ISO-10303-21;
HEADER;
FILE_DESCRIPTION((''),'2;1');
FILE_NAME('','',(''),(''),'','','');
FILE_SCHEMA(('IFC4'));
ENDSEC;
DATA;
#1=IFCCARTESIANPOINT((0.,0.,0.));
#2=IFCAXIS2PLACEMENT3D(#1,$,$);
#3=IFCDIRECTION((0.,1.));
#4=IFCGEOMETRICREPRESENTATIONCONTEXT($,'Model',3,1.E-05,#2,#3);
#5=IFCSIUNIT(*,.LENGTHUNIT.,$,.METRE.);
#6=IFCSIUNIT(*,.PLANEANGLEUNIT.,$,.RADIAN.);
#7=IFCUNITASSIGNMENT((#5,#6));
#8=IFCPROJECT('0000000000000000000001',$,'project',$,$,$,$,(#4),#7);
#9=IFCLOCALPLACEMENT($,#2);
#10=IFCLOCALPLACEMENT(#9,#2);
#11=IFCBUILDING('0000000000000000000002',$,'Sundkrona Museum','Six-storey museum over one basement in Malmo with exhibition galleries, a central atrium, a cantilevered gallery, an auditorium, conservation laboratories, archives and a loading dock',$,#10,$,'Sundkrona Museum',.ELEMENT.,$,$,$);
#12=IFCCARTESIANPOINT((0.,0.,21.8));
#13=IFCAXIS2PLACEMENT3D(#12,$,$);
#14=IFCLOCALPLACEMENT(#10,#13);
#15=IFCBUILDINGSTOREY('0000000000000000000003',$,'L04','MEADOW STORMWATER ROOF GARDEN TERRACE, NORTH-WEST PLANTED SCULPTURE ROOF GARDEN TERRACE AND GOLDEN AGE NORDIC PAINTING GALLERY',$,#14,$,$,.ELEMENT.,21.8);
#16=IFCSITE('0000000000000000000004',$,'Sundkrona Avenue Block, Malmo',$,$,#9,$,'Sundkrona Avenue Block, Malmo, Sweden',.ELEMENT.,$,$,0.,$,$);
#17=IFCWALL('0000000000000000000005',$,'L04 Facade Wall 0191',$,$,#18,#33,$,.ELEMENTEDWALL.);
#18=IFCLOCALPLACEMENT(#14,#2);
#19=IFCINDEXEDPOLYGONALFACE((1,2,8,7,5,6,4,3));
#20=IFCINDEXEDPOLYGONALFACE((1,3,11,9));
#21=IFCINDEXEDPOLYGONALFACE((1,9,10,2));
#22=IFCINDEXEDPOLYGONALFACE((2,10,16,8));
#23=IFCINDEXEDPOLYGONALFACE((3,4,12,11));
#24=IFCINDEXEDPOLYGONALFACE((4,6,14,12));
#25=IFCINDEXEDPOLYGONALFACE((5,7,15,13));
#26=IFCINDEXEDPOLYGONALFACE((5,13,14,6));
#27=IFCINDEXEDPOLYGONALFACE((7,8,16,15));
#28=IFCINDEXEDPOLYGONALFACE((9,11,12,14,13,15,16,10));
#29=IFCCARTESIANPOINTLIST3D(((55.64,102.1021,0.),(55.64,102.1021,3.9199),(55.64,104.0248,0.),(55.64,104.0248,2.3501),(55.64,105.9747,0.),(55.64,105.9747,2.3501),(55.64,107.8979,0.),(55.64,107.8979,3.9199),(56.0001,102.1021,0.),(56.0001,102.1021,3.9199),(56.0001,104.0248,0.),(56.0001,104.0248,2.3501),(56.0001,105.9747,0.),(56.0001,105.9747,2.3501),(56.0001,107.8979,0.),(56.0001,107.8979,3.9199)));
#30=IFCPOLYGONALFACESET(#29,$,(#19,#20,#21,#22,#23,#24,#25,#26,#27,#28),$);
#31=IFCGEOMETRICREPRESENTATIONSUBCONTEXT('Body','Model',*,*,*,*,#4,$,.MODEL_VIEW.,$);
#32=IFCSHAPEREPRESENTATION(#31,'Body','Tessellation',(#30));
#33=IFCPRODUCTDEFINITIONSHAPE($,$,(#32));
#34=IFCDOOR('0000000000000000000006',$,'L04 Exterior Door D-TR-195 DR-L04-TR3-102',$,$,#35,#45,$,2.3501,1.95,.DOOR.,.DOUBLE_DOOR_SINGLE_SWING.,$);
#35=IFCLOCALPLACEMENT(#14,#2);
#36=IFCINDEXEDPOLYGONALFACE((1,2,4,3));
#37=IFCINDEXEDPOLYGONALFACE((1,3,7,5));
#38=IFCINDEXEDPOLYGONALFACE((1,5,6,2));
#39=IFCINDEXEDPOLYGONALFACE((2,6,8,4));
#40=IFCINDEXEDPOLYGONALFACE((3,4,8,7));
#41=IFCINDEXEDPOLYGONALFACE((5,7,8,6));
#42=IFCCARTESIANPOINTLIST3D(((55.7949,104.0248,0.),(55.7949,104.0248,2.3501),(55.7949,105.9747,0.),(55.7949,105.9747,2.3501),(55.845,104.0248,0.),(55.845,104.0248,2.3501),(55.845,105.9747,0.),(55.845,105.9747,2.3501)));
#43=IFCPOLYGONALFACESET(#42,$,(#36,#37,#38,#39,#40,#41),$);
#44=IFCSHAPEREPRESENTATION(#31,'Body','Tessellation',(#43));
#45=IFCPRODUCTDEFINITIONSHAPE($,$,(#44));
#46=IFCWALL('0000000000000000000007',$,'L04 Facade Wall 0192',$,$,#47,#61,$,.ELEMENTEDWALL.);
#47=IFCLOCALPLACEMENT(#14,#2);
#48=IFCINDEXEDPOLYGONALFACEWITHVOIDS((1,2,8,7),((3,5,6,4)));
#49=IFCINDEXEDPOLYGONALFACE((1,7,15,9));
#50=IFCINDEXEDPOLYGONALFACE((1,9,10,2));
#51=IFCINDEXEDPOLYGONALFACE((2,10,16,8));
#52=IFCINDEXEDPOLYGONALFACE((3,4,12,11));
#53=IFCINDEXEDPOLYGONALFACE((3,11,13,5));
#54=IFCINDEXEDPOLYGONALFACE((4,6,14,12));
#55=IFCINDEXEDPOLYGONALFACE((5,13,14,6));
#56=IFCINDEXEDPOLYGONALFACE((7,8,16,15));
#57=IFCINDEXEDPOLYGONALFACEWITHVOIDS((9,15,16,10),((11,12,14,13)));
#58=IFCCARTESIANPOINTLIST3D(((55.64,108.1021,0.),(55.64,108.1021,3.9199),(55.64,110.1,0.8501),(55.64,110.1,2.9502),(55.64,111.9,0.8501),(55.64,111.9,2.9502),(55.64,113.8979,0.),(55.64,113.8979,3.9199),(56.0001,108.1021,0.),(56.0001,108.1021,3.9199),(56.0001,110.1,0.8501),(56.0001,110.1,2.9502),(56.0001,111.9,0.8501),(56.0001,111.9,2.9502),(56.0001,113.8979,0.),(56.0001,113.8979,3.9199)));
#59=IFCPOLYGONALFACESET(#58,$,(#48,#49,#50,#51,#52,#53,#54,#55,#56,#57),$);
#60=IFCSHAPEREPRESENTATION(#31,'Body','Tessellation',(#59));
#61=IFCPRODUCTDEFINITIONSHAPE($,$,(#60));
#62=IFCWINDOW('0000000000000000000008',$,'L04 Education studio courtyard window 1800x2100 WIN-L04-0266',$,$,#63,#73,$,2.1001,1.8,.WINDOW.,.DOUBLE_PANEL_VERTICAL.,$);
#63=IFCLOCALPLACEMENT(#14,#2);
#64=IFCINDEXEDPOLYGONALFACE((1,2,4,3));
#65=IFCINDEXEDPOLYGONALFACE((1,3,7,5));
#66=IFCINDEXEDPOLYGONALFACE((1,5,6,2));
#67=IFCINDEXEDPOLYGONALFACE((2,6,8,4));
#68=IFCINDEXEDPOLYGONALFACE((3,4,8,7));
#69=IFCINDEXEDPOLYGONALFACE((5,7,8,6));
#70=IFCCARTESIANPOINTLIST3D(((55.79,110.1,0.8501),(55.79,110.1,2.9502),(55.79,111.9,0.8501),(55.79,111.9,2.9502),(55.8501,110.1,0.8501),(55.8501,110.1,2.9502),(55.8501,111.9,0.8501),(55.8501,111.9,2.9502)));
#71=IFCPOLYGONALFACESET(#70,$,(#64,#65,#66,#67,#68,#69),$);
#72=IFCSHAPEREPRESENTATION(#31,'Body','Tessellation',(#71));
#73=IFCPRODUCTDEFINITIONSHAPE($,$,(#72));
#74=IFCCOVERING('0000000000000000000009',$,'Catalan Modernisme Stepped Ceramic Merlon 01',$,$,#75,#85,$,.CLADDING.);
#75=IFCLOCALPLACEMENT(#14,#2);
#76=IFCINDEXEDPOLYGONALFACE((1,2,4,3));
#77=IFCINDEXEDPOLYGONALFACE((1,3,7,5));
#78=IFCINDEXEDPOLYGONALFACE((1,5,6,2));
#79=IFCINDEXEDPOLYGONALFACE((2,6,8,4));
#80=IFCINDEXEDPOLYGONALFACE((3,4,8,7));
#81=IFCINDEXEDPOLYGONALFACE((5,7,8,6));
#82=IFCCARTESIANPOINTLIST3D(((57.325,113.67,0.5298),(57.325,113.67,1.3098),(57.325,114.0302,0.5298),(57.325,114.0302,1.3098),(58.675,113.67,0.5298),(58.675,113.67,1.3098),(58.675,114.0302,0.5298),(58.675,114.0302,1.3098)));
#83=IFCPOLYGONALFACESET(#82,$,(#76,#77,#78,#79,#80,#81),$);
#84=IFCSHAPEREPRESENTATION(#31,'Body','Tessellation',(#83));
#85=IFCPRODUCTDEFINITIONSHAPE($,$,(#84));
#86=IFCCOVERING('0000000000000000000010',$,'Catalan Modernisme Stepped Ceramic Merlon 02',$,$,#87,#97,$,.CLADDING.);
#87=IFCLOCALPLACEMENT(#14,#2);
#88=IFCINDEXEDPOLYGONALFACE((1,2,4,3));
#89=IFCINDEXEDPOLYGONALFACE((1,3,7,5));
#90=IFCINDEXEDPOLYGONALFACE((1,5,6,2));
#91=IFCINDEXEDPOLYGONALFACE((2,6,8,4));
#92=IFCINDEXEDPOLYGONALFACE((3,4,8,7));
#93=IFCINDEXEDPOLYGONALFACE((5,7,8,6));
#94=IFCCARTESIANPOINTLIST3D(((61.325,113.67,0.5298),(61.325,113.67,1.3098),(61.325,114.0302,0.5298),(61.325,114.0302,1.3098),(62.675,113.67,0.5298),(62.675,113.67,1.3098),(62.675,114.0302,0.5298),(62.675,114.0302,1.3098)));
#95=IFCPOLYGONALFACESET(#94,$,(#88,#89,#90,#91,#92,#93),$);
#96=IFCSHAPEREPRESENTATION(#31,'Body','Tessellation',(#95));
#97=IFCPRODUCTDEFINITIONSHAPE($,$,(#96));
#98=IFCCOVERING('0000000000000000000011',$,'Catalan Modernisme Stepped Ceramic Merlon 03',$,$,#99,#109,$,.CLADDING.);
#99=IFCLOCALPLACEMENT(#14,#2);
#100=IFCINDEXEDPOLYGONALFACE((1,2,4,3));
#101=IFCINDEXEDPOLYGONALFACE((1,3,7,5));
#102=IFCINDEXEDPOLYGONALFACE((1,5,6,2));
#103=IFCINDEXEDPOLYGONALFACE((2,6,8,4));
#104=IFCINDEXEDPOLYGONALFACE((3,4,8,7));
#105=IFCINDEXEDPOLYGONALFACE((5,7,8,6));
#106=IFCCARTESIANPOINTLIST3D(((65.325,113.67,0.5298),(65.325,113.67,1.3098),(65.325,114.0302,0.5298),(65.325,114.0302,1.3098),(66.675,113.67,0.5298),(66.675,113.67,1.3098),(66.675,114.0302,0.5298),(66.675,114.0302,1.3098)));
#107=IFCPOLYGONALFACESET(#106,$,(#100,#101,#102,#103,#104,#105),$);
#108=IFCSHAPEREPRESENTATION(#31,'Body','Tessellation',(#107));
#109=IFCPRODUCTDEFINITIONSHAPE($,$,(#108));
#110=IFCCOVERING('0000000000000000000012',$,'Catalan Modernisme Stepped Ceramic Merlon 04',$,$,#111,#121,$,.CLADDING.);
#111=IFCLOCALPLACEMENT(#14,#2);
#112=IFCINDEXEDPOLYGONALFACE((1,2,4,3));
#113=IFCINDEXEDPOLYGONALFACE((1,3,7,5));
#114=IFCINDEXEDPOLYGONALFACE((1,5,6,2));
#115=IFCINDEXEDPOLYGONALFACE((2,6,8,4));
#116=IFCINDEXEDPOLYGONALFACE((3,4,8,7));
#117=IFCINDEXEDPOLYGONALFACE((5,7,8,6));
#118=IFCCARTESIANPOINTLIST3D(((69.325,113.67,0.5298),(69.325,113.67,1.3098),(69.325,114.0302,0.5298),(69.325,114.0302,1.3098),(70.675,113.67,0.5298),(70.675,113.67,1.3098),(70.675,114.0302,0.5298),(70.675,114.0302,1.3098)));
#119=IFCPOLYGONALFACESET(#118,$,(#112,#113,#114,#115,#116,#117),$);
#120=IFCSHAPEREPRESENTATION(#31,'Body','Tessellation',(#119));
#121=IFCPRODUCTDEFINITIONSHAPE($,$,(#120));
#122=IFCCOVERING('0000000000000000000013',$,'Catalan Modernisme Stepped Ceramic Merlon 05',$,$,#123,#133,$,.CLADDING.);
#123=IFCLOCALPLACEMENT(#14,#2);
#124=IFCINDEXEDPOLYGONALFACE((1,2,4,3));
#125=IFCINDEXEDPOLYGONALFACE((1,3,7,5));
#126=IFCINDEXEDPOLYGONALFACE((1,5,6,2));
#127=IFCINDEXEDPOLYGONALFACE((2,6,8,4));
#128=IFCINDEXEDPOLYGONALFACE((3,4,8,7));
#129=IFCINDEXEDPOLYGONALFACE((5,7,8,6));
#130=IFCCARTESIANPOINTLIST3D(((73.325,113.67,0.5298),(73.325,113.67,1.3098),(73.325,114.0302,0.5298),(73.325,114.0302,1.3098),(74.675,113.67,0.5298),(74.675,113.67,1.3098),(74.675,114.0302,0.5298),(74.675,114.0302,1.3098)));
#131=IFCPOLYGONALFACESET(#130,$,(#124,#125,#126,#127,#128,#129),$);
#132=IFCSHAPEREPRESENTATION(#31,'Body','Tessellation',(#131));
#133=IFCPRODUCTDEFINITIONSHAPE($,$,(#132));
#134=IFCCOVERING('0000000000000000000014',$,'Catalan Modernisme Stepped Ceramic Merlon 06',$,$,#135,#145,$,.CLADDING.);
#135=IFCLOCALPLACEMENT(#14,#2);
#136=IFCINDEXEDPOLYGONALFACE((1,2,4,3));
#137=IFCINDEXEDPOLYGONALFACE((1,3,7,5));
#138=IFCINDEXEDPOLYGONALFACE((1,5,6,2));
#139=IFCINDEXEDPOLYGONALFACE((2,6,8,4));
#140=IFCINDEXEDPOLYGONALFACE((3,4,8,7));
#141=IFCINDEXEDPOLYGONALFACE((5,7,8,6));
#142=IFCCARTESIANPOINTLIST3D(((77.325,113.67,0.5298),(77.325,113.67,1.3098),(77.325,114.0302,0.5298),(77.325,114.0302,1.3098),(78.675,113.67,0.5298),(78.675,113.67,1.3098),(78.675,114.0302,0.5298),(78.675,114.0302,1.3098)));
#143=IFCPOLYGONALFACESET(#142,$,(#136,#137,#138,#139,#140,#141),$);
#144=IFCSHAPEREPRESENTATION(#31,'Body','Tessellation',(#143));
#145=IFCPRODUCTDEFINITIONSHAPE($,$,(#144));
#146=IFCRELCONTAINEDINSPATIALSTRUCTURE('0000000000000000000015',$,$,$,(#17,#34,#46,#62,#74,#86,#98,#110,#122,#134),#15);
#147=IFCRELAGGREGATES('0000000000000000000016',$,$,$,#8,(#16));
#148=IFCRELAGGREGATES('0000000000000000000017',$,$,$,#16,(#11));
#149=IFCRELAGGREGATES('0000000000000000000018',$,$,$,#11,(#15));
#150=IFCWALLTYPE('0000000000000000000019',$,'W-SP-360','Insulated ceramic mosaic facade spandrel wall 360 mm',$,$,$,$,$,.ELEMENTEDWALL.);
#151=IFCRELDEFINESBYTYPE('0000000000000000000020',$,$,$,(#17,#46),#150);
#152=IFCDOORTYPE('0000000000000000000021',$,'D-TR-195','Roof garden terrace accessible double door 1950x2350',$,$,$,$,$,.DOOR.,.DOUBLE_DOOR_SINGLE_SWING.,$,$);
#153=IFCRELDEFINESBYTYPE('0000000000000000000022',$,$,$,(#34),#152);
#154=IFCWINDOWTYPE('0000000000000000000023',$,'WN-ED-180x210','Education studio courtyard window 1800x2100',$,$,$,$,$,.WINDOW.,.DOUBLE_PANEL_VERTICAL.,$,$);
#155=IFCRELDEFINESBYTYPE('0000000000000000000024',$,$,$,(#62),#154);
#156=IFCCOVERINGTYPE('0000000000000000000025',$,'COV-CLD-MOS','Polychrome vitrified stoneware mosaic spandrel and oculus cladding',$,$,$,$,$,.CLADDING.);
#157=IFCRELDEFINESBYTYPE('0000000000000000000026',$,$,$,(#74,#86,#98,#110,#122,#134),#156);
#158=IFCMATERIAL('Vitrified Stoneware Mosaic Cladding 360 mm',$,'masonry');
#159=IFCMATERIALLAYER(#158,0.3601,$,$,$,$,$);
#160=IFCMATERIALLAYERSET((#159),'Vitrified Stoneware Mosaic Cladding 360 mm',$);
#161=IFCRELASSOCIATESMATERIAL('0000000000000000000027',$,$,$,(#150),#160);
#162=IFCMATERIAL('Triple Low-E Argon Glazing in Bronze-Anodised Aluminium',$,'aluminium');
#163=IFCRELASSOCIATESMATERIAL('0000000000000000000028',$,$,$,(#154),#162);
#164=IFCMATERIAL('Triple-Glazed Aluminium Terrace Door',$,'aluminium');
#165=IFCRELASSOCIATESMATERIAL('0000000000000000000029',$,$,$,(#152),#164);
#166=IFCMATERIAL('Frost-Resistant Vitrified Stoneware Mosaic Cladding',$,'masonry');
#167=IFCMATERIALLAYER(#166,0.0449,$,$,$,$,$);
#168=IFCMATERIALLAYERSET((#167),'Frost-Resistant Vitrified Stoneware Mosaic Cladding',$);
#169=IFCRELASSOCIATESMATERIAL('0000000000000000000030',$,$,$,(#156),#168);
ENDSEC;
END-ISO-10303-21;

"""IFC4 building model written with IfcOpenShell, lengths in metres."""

from ifc_helpers import new_model, si_unit, direction, frame, frame_2d, origin, origin_2d, place, context, subcontext, project, spatial, rectangle, extrude, material, layer, layer_set, type_object, element, fill, save


model = new_model("IFC4")

# Units and contexts
model_context = context("Model", 3, precision=1e-05, world=origin(), true_north=direction((0.0, 1.0)))
body_context = subcontext(model_context, "Body", "Model", "MODEL_VIEW")
ifc_project = project(units=[si_unit("LENGTHUNIT", "METRE"), si_unit("PLANEANGLEUNIT", "RADIAN")], contexts=[model_context])

# Site, building, storey
site_placement = place(None, origin())
site = spatial("IfcSite", under=ifc_project, at=site_placement, Name="Sundkrona Avenue Block, Malmo", LongName="Sundkrona Avenue Block, Malmo, Sweden", CompositionType="ELEMENT", RefElevation=0.0)
building_placement = place(site_placement, origin())
building = spatial("IfcBuilding", under=site, at=building_placement, Name="Sundkrona Museum", Description="Six-storey museum over one basement in Malmo with exhibition galleries, a central atrium, a cantilevered gallery, an auditorium, conservation laboratories, archives and a loading dock", LongName="Sundkrona Museum", CompositionType="ELEMENT")
storey_placement = place(building_placement, frame((0.0, 0.0, 21.8)))
storey = spatial("IfcBuildingStorey", under=building, at=storey_placement, Name="L04", Description="MEADOW STORMWATER ROOF GARDEN TERRACE, NORTH-WEST PLANTED SCULPTURE ROOF GARDEN TERRACE AND GOLDEN AGE NORDIC PAINTING GALLERY", CompositionType="ELEMENT", Elevation=21.8)

# Shared definitions
ifc_material_1 = material(Name="Vitrified Stoneware Mosaic Cladding 360 mm", Category="masonry")
ifc_layer_1 = layer(ifc_material_1, 0.3601)
ifc_layer_set_1 = layer_set([ifc_layer_1], Name="Vitrified Stoneware Mosaic Cladding 360 mm")
wall_type_1 = type_object("IfcWallType", Name="W-SP-360", Description="Insulated ceramic mosaic facade spandrel wall 360 mm", PredefinedType="ELEMENTEDWALL", material=ifc_layer_set_1)
ifc_material_2 = material(Name="Triple Low-E Argon Glazing in Bronze-Anodised Aluminium", Category="aluminium")
window_type = type_object("IfcWindowType", Name="WN-ED-180x210", Description="Education studio courtyard window 1800x2100", PartitioningType="DOUBLE_PANEL_VERTICAL", PredefinedType="WINDOW", material=ifc_material_2)

# Shared definitions
ifc_material_3 = material(Name="Triple-Glazed Aluminium Terrace Door", Category="aluminium")
door_type = type_object("IfcDoorType", Name="D-TR-195", Description="Roof garden terrace accessible double door 1950x2350", OperationType="DOUBLE_DOOR_SINGLE_SWING", PredefinedType="DOOR", material=ifc_material_3)

# Wall, opening, door
wall_1_placement = place(storey_placement, frame((55.8201, 107.8979, 0.0), z_axis=(0.0, 0.0, 1.0), x_axis=(0.0, -1.0, 0.0)))
wall_1 = element("IfcWall", 1, at=wall_1_placement, inside=storey, type_object=wall_type_1, Name="L04 Facade Wall 0191", PredefinedType="ELEMENTEDWALL", context=body_context, shape_type="SweptSolid", body=[
    extrude(rectangle(XDim=5.7959, YDim=0.3601, at=frame_2d((2.8979, 0.0))), origin(), (0.0, 0.0, 1.0), 3.9199),
])
opening_1_placement = place(wall_1_placement, frame((1.9231, 0.0, 0.0)))
opening_1 = element("IfcOpeningElement", 2, at=opening_1_placement, cuts=wall_1, PredefinedType="OPENING", context=body_context, shape_type="SweptSolid", body=[
    extrude(rectangle(XDim=1.95, YDim=2.3501, at=frame_2d((0.9751, 1.175))), frame((0.0, 0.1899, 0.0), z_axis=(0.0, -1.0, 0.0), x_axis=(1.0, 0.0, 0.0)), (0.0, 0.0, 1.0), 0.3801),
])
door_1_placement = place(opening_1_placement, origin())
door_1 = element("IfcDoor", 3, at=door_1_placement, inside=storey, type_object=door_type, Name="L04 Exterior Door D-TR-195 DR-L04-TR3-102", OperationType="DOUBLE_DOOR_SINGLE_SWING", OverallHeight=2.3501, OverallWidth=1.95, PredefinedType="DOOR", context=body_context, shape_type="SweptSolid", body=[
    extrude(rectangle(XDim=1.95, YDim=2.3501, at=frame_2d((0.9751, 1.175))), frame((0.0, 0.0249, 0.0), z_axis=(0.0, -1.0, 0.0), x_axis=(1.0, 0.0, 0.0)), (0.0, 0.0, 1.0), 0.05),
])
fill(opening_1, door_1)

# Wall, opening, window
wall_2_placement = place(storey_placement, frame((55.8201, 113.8979, 0.0), z_axis=(0.0, 0.0, 1.0), x_axis=(0.0, -1.0, 0.0)))
wall_2 = element("IfcWall", 4, at=wall_2_placement, inside=storey, type_object=wall_type_1, Name="L04 Facade Wall 0192", PredefinedType="ELEMENTEDWALL", context=body_context, shape_type="SweptSolid", body=[
    extrude(rectangle(XDim=5.7959, YDim=0.3601, at=frame_2d((2.8979, 0.0))), origin(), (0.0, 0.0, 1.0), 3.9199),
])
opening_2_placement = place(wall_2_placement, frame((1.998, 0.0, 0.8501)))
opening_2 = element("IfcOpeningElement", 5, at=opening_2_placement, cuts=wall_2, PredefinedType="OPENING", context=body_context, shape_type="SweptSolid", body=[
    extrude(rectangle(XDim=1.8, YDim=2.1001, at=frame_2d((0.8999, 1.05))), frame((0.0, 0.1899, 0.0), z_axis=(0.0, -1.0, 0.0), x_axis=(1.0, 0.0, 0.0)), (0.0, 0.0, 1.0), 0.3801),
])
window_1_placement = place(opening_2_placement, origin())
window_1 = element("IfcWindow", 6, at=window_1_placement, inside=storey, type_object=window_type, Name="L04 Education studio courtyard window 1800x2100 WIN-L04-0266", OverallHeight=2.1001, OverallWidth=1.8, PartitioningType="DOUBLE_PANEL_VERTICAL", PredefinedType="WINDOW", context=body_context, shape_type="SweptSolid", body=[
    extrude(rectangle(XDim=1.8, YDim=2.1001, at=frame_2d((0.8999, 1.05))), frame((0.0, 0.03, 0.0), z_axis=(0.0, -1.0, 0.0), x_axis=(1.0, 0.0, 0.0)), (0.0, 0.0, 1.0), 0.0601),
])
fill(opening_2, window_1)

# Coverings
ifc_material_4 = material(Name="Frost-Resistant Vitrified Stoneware Mosaic Cladding", Category="masonry")
ifc_layer_2 = layer(ifc_material_4, 0.0449)
ifc_layer_set_2 = layer_set([ifc_layer_2], Name="Frost-Resistant Vitrified Stoneware Mosaic Cladding")
covering_type = type_object("IfcCoveringType", Name="COV-CLD-MOS", Description="Polychrome vitrified stoneware mosaic spandrel and oculus cladding", PredefinedType="CLADDING", material=ifc_layer_set_2)
for number, where, z_axis, x_axis, name in (
    (7, (58.0, 113.8501, 0.5298), (0.0, 0.0, 1.0), (1.0, 0.0, 0.0), "Catalan Modernisme Stepped Ceramic Merlon 01"),
    (8, (62.0, 113.8501, 0.5298), (0.0, 0.0, 1.0), (1.0, 0.0, 0.0), "Catalan Modernisme Stepped Ceramic Merlon 02"),
    (9, (66.0, 113.8501, 0.5298), (0.0, 0.0, 1.0), (1.0, 0.0, 0.0), "Catalan Modernisme Stepped Ceramic Merlon 03"),
    (10, (70.0, 113.8501, 0.5298), (0.0, 0.0, 1.0), (1.0, 0.0, 0.0), "Catalan Modernisme Stepped Ceramic Merlon 04"),
    (11, (74.0, 113.8501, 0.5298), (0.0, 0.0, 1.0), (1.0, 0.0, 0.0), "Catalan Modernisme Stepped Ceramic Merlon 05"),
    (12, (78.0, 113.8501, 0.5298), (0.0, 0.0, 1.0), (1.0, 0.0, 0.0), "Catalan Modernisme Stepped Ceramic Merlon 06"),
):
    element("IfcCovering", number, at=place(storey_placement, frame(where, z_axis=z_axis, x_axis=x_axis)), inside=storey, type_object=covering_type, Name=name, PredefinedType="CLADDING", context=body_context, shape_type="SweptSolid", body=[
        extrude(rectangle(XDim=1.3501, YDim=0.3601, at=origin_2d()), origin(), (0.0, 0.0, 1.0), 0.78),
    ])

save(model, "model.ifc")
